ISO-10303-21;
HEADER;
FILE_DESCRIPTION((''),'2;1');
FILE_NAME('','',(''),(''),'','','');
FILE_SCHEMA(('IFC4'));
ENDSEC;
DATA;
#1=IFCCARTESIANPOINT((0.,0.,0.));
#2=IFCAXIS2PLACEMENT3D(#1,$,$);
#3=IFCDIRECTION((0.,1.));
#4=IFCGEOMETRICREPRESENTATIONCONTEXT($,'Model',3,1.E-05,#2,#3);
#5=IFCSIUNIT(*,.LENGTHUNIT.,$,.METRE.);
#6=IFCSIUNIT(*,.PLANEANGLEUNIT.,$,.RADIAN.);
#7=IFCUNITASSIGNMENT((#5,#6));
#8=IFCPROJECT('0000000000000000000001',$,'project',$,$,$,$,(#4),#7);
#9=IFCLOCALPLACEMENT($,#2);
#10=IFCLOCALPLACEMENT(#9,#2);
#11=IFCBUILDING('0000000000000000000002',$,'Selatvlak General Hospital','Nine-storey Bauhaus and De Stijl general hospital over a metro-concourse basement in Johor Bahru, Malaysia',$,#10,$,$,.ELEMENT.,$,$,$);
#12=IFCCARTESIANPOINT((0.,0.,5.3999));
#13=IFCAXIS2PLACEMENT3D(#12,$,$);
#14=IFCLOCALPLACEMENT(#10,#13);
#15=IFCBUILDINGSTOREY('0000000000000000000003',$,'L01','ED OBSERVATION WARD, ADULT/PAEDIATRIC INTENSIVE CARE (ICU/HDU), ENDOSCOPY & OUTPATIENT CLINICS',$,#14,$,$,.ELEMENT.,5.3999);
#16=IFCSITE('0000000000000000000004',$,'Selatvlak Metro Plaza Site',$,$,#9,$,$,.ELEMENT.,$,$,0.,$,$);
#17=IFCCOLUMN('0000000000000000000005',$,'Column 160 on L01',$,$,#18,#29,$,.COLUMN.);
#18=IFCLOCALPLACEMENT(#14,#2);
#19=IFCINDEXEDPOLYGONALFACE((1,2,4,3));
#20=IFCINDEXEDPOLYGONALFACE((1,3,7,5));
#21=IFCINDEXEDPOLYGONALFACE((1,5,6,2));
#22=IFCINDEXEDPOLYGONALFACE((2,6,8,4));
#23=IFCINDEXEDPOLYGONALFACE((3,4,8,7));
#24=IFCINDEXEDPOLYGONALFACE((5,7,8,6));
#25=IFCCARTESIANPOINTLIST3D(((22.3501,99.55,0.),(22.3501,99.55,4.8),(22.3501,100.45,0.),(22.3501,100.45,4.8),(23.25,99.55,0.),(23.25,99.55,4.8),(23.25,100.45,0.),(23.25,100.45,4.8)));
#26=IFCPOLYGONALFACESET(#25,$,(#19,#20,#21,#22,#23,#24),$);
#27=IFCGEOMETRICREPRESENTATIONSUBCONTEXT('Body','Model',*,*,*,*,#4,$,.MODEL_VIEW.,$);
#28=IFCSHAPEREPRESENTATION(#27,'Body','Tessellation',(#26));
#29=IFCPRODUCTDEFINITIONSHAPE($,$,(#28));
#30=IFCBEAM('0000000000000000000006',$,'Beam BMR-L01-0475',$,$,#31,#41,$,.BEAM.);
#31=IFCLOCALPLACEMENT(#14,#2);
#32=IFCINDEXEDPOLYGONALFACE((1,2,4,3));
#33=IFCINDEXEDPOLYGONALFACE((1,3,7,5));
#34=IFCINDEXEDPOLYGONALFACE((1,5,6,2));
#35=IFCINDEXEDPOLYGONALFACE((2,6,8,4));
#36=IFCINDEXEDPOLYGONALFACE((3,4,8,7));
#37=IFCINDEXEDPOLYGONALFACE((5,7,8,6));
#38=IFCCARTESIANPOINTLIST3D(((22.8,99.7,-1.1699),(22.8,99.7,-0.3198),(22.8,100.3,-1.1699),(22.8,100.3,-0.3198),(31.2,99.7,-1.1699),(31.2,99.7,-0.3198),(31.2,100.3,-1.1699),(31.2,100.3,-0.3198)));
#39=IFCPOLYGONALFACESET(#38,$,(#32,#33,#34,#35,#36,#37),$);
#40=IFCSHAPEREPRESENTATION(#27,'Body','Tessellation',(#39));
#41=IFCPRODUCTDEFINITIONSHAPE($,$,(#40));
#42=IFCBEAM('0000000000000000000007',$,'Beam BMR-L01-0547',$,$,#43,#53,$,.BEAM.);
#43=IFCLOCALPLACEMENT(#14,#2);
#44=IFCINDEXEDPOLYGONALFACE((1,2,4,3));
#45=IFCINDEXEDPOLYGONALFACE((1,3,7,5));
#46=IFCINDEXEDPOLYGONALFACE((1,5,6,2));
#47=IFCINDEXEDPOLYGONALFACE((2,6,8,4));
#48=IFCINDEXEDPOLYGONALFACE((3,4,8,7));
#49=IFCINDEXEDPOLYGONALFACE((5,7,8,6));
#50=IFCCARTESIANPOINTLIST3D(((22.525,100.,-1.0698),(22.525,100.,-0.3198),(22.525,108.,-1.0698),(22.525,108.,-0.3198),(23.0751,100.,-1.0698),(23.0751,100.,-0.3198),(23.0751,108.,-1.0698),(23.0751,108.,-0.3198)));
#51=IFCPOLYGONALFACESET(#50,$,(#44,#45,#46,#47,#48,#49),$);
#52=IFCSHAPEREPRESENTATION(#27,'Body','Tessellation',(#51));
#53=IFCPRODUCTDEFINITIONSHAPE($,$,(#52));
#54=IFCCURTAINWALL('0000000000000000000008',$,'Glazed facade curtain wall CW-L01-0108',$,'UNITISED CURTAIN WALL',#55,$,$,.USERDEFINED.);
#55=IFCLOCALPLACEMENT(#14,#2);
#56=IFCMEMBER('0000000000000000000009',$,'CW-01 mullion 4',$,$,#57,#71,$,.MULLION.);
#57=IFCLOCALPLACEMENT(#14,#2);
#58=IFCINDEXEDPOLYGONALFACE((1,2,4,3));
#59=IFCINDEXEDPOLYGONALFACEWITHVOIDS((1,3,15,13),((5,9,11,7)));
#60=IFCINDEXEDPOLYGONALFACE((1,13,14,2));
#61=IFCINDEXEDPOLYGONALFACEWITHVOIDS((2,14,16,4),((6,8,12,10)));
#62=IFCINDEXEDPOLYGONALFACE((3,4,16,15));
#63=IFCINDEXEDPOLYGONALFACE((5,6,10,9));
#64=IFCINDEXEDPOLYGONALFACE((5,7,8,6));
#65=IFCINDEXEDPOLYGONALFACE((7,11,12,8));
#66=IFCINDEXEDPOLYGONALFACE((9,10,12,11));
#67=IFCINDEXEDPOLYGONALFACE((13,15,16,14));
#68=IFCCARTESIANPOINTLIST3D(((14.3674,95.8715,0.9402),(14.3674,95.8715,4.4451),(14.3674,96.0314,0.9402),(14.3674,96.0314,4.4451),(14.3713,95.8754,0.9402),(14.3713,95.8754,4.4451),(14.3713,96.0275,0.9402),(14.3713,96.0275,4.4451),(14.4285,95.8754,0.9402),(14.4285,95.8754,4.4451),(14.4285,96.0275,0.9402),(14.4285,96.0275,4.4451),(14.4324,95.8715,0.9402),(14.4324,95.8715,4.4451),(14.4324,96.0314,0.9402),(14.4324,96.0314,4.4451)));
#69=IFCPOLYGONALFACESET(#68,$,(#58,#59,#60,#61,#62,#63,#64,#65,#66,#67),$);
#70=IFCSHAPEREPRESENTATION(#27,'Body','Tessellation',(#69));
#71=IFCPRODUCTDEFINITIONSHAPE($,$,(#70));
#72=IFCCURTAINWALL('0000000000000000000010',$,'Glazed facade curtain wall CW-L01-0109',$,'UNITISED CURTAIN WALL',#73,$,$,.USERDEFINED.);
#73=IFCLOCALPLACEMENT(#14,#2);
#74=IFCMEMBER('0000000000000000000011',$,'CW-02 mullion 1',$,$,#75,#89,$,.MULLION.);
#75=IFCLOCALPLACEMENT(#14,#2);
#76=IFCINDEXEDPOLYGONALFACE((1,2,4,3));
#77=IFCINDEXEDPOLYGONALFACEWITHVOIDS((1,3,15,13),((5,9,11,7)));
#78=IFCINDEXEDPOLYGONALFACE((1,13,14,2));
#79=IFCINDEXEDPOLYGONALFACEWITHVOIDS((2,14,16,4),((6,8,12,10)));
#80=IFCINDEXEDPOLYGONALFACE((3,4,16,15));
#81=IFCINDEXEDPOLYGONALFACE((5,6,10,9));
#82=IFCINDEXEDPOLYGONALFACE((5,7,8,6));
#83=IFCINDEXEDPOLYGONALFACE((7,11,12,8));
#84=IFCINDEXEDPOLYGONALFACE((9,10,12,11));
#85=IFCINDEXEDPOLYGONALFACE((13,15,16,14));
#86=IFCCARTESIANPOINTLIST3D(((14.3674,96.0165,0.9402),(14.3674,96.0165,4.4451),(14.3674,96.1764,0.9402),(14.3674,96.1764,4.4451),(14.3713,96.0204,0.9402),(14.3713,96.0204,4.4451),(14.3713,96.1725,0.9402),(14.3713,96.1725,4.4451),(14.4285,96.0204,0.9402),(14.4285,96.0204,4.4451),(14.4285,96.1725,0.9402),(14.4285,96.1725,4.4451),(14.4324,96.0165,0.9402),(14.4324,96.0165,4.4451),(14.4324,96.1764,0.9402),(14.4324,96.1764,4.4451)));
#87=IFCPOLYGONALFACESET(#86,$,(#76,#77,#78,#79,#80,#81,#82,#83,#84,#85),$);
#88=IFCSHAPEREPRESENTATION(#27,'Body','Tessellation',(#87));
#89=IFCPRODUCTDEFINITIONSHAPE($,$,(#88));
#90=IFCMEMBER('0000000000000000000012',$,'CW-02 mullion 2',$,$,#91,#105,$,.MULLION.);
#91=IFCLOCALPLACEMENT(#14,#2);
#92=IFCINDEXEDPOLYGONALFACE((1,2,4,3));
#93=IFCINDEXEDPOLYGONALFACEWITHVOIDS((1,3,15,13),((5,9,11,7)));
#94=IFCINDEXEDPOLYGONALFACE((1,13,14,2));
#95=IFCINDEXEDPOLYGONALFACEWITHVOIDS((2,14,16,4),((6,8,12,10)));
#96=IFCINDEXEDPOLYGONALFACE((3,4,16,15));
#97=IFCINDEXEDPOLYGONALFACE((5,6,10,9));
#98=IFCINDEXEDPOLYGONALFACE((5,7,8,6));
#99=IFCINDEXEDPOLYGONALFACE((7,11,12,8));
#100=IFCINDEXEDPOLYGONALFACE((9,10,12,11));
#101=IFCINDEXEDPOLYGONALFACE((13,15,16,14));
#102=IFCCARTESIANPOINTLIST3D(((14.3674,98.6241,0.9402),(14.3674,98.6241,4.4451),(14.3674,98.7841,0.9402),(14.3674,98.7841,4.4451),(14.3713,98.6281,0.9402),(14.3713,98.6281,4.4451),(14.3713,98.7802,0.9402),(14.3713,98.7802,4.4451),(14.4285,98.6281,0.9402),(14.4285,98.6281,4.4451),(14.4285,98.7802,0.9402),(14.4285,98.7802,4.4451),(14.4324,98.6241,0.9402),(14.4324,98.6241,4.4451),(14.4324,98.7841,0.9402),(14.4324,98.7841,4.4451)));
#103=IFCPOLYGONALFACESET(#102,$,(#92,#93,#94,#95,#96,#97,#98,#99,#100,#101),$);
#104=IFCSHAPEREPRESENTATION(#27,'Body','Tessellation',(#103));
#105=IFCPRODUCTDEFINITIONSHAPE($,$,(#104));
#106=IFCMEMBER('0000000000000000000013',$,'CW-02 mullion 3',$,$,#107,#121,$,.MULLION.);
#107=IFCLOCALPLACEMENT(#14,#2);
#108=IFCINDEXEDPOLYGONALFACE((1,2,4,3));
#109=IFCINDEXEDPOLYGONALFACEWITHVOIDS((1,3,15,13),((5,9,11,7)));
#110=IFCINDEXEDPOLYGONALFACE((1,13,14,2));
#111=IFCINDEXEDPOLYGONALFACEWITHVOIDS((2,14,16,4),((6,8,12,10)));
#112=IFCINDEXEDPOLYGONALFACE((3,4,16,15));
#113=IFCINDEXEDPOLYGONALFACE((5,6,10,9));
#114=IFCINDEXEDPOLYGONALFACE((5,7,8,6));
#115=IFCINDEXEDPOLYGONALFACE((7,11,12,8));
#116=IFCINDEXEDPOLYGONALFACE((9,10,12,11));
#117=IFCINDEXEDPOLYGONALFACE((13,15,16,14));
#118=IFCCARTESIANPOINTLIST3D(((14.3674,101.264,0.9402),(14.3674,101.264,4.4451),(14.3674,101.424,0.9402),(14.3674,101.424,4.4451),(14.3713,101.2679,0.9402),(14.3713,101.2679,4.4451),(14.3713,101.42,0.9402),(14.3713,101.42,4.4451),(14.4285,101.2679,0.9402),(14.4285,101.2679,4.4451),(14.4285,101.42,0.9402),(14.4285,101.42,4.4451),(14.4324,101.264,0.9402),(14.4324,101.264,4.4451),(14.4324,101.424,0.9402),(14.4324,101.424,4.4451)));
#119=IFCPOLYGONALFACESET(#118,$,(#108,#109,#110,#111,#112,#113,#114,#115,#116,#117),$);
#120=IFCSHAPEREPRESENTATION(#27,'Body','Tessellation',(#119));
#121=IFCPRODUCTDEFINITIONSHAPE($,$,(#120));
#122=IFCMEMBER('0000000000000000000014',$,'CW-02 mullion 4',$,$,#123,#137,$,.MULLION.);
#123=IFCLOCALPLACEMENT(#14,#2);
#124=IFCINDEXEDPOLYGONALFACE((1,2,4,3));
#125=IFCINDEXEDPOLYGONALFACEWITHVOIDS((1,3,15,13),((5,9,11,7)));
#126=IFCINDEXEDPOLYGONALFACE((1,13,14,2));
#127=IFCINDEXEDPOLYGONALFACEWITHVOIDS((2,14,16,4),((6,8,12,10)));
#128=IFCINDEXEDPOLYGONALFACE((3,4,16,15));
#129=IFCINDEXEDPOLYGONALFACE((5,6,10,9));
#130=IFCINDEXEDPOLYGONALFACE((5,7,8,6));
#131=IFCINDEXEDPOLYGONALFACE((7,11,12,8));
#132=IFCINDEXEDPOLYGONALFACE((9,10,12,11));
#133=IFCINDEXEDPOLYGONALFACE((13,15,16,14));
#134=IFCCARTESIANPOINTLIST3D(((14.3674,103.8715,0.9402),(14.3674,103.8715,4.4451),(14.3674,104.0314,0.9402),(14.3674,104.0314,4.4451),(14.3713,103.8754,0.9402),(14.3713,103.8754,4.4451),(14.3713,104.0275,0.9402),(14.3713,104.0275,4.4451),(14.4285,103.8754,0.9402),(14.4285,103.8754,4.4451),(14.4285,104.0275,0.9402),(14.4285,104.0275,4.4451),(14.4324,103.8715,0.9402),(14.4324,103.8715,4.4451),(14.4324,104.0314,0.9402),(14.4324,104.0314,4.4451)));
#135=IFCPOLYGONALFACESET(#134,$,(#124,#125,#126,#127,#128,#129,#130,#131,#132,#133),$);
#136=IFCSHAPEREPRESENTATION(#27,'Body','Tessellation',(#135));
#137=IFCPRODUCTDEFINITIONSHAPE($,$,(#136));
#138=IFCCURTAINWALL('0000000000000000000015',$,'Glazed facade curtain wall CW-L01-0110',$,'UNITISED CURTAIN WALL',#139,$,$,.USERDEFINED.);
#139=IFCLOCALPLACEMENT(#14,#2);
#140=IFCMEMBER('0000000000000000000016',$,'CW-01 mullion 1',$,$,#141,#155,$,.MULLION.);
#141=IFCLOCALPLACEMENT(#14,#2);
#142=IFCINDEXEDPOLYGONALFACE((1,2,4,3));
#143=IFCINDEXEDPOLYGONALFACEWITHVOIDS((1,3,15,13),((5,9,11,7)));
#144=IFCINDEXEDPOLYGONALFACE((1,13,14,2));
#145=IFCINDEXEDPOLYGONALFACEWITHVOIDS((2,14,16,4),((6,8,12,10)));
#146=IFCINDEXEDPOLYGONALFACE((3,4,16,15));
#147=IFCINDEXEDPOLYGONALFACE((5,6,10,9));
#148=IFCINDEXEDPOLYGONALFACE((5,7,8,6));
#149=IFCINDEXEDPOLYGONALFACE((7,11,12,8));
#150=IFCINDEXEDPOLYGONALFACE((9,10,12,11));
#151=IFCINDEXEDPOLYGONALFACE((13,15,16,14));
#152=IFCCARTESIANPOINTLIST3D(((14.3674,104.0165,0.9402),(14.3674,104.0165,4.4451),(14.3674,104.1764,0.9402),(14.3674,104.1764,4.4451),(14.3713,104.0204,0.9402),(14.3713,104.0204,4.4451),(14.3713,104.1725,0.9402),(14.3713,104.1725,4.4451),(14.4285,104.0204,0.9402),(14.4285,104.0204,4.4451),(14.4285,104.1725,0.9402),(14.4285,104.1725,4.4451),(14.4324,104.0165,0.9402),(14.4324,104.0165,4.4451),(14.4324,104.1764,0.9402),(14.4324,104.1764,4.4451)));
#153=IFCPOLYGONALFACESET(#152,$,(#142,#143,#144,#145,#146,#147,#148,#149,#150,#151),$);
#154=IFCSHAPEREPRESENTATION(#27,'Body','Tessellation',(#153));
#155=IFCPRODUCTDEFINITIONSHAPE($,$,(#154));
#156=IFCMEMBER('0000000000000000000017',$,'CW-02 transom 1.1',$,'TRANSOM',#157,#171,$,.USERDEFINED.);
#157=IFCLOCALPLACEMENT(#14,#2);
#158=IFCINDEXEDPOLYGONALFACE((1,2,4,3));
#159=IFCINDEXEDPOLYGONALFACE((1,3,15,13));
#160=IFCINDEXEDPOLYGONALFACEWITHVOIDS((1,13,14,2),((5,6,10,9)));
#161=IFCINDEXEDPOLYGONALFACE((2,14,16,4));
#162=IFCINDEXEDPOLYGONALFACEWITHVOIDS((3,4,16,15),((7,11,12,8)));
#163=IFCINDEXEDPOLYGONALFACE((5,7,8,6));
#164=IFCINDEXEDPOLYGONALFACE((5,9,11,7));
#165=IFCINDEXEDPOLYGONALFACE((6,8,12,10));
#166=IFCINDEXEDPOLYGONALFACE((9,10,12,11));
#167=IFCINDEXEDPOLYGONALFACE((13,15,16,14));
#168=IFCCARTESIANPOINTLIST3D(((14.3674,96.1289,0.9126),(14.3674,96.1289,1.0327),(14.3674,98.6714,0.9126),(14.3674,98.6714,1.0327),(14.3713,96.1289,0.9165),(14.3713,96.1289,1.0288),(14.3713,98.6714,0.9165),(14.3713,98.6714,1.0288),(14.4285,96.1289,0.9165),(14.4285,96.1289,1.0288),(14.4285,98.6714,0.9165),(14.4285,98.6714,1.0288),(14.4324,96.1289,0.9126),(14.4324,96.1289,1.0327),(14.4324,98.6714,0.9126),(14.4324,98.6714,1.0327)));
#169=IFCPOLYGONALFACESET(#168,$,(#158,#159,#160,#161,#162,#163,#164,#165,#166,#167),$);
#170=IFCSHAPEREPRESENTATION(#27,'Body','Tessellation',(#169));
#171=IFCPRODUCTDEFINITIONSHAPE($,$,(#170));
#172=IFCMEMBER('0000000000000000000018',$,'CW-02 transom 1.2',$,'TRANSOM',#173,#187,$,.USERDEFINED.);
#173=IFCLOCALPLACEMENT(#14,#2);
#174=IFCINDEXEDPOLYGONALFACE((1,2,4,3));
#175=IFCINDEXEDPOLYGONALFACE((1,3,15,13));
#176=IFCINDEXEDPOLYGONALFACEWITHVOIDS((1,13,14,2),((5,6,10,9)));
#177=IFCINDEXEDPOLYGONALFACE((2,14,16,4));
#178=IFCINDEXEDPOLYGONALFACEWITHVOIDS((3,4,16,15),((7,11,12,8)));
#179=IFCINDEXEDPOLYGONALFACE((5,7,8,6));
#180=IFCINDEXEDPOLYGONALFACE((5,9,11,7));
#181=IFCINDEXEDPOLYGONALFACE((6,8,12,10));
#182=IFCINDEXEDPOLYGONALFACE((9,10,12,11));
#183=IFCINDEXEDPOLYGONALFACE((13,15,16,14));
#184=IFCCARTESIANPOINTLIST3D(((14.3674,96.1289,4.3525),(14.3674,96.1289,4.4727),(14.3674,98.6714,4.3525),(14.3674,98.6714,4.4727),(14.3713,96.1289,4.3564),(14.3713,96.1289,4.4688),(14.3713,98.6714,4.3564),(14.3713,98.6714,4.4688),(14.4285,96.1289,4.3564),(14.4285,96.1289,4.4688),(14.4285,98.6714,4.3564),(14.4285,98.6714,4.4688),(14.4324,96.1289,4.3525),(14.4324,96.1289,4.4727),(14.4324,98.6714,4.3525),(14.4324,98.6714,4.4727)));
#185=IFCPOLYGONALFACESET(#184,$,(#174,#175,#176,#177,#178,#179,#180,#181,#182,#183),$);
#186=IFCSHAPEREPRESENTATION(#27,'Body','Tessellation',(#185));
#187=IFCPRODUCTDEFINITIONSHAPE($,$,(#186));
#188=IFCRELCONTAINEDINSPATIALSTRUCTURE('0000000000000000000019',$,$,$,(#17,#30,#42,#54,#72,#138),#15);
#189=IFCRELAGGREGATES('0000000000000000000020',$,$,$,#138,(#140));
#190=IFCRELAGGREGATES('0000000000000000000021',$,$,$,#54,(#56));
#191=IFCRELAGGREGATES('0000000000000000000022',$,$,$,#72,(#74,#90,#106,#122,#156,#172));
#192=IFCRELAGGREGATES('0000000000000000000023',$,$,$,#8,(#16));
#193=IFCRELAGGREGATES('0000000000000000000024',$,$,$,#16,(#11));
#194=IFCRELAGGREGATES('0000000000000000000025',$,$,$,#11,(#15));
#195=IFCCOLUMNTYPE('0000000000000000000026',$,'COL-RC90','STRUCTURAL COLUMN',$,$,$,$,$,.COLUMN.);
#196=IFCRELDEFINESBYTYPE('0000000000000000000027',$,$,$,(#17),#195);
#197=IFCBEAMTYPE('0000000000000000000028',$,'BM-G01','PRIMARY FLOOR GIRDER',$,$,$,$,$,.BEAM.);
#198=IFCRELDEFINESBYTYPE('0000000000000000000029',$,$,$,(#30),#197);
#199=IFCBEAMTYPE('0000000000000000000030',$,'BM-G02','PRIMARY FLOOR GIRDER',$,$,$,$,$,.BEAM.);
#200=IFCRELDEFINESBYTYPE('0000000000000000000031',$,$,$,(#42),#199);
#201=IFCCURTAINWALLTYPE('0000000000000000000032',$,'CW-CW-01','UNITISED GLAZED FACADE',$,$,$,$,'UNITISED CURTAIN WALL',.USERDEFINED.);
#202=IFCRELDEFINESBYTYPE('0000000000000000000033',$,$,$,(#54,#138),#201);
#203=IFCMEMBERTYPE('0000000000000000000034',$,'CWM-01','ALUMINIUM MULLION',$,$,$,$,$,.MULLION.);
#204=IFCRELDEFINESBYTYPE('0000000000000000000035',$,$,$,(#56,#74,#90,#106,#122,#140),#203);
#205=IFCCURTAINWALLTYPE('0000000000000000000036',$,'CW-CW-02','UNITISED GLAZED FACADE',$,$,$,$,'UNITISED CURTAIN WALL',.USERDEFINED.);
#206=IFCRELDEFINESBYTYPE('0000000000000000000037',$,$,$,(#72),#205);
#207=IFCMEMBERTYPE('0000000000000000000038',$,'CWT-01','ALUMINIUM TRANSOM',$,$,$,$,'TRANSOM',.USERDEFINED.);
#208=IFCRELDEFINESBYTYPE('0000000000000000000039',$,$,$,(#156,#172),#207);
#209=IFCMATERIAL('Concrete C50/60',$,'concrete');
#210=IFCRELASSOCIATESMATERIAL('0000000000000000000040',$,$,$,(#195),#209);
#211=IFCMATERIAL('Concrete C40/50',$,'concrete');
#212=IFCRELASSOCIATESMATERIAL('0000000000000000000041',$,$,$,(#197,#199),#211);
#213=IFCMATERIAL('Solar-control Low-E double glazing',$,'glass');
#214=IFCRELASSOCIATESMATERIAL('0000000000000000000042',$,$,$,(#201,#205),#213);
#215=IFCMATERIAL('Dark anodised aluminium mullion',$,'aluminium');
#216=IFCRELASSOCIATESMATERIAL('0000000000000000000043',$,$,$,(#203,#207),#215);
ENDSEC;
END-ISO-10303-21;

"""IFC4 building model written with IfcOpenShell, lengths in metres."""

from ifc_helpers import new_model, si_unit, direction, frame, origin, origin_2d, place, context, subcontext, project, spatial, rectangle, hollow_rectangle, extrude, material, material_profile, profile_set, type_object, element, aggregate, save


model = new_model("IFC4")

# Units and contexts
model_context = context("Model", 3, precision=1e-05, world=origin(), true_north=direction((0.0, 1.0)))
body_context = subcontext(model_context, "Body", "Model", "MODEL_VIEW")
ifc_project = project(units=[si_unit("LENGTHUNIT", "METRE"), si_unit("PLANEANGLEUNIT", "RADIAN")], contexts=[model_context])

# Site, building, storey
site_placement = place(None, origin())
site = spatial("IfcSite", under=ifc_project, at=site_placement, Name="Selatvlak Metro Plaza Site", CompositionType="ELEMENT", RefElevation=0.0)
building_placement = place(site_placement, origin())
building = spatial("IfcBuilding", under=site, at=building_placement, Name="Selatvlak General Hospital", Description="Nine-storey Bauhaus and De Stijl general hospital over a metro-concourse basement in Johor Bahru, Malaysia", CompositionType="ELEMENT")
storey_placement = place(building_placement, frame((0.0, 0.0, 5.3999)))
storey = spatial("IfcBuildingStorey", under=building, at=storey_placement, Name="L01", Description="ED OBSERVATION WARD, ADULT/PAEDIATRIC INTENSIVE CARE (ICU/HDU), ENDOSCOPY & OUTPATIENT CLINICS", CompositionType="ELEMENT", Elevation=5.3999)

# Column
ifc_material_1 = material(Name="Concrete C50/60", Category="concrete")
ifc_material_profile_1 = material_profile(ifc_material_1, rectangle(XDim=0.8999, YDim=0.8999, at=origin_2d()), Name="RC-COL 900x900")
ifc_profile_set_1 = profile_set([ifc_material_profile_1], Name="Concrete C50/60")
column_type = type_object("IfcColumnType", Name="COL-RC90", Description="STRUCTURAL COLUMN", PredefinedType="COLUMN", material=ifc_profile_set_1)
column_placement = place(storey_placement, frame((22.8, 100.0, 0.0), z_axis=(0.0, 0.0, 1.0), x_axis=(1.0, 0.0, 0.0)))
element("IfcColumn", 1, at=column_placement, inside=storey, type_object=column_type, Name="Column 160 on L01", PredefinedType="COLUMN", context=body_context, shape_type="SweptSolid", body=[
    extrude(rectangle(XDim=0.8999, YDim=0.8999, at=origin_2d()), origin(), (0.0, 0.0, 1.0), 4.8),
])

# Beams
ifc_material_2 = material(Name="Concrete C40/50", Category="concrete")
ifc_material_profile_2 = material_profile(ifc_material_2, rectangle(XDim=0.6001, YDim=0.8501, at=origin_2d()), Name="RC-BM 600x850")
ifc_profile_set_2 = profile_set([ifc_material_profile_2], Name="Concrete C40/50")
beam_type_1 = type_object("IfcBeamType", Name="BM-G01", Description="PRIMARY FLOOR GIRDER", PredefinedType="BEAM", material=ifc_profile_set_2)
beam_1_placement = place(storey_placement, frame((22.8, 100.0, -0.7449), z_axis=(1.0, 0.0, 0.0), x_axis=(0.0, 1.0, 0.0)))
element("IfcBeam", 2, at=beam_1_placement, inside=storey, type_object=beam_type_1, Name="Beam BMR-L01-0475", PredefinedType="BEAM", context=body_context, shape_type="SweptSolid", body=[
    extrude(rectangle(XDim=0.6001, YDim=0.8501, at=origin_2d()), origin(), (0.0, 0.0, 1.0), 8.3999),
])
ifc_material_profile_3 = material_profile(ifc_material_2, rectangle(XDim=0.55, YDim=0.75, at=origin_2d()), Name="RC-BM 550x750")
ifc_profile_set_3 = profile_set([ifc_material_profile_3], Name="Concrete C40/50")
beam_type_2 = type_object("IfcBeamType", Name="BM-G02", Description="PRIMARY FLOOR GIRDER", PredefinedType="BEAM", material=ifc_profile_set_3)
beam_2_placement = place(storey_placement, frame((22.8, 100.0, -0.6948), z_axis=(0.0, 1.0, 0.0), x_axis=(-1.0, 0.0, 0.0)))
element("IfcBeam", 3, at=beam_2_placement, inside=storey, type_object=beam_type_2, Name="Beam BMR-L01-0547", PredefinedType="BEAM", context=body_context, shape_type="SweptSolid", body=[
    extrude(rectangle(XDim=0.55, YDim=0.75, at=origin_2d()), origin(), (0.0, 0.0, 1.0), 8.0),
])

# Curtain wall, member
ifc_material_3 = material(Name="Solar-control Low-E double glazing", Category="glass")
curtain_wall_type_1 = type_object("IfcCurtainWallType", Name="CW-CW-01", Description="UNITISED GLAZED FACADE", ElementType="UNITISED CURTAIN WALL", PredefinedType="USERDEFINED", material=ifc_material_3)
curtain_wall_1_placement = place(storey_placement, origin())
curtain_wall_1 = element("IfcCurtainWall", 4, at=curtain_wall_1_placement, inside=storey, type_object=curtain_wall_type_1, Name="Glazed facade curtain wall CW-L01-0108", ObjectType="UNITISED CURTAIN WALL", PredefinedType="USERDEFINED")
ifc_material_4 = material(Name="Dark anodised aluminium mullion", Category="aluminium")
ifc_material_profile_4 = material_profile(ifc_material_4, hollow_rectangle(XDim=0.0649, YDim=0.1599, WallThickness=0.0039, at=origin_2d()), Name="AL-MUL 65x160x4")
ifc_profile_set_4 = profile_set([ifc_material_profile_4], Name="Dark anodised aluminium mullion")
member_type_1 = type_object("IfcMemberType", Name="CWM-01", Description="ALUMINIUM MULLION", PredefinedType="MULLION", material=ifc_profile_set_4)
member_1_placement = place(storey_placement, frame((14.3999, 95.9514, 0.9402), z_axis=(0.0, 0.0, 1.0), x_axis=(-1.0, 0.0, 0.0)))
member_1 = element("IfcMember", 5, at=member_1_placement, type_object=member_type_1, Name="CW-01 mullion 4", PredefinedType="MULLION", context=body_context, shape_type="SweptSolid", body=[
    extrude(hollow_rectangle(XDim=0.0649, YDim=0.1599, WallThickness=0.0039, at=origin_2d()), origin(), (0.0, 0.0, 1.0), 3.5049),
])

# Curtain wall, members
curtain_wall_type_2 = type_object("IfcCurtainWallType", Name="CW-CW-02", Description="UNITISED GLAZED FACADE", ElementType="UNITISED CURTAIN WALL", PredefinedType="USERDEFINED", material=ifc_material_3)
curtain_wall_2_placement = place(storey_placement, origin())
curtain_wall_2 = element("IfcCurtainWall", 6, at=curtain_wall_2_placement, inside=storey, type_object=curtain_wall_type_2, Name="Glazed facade curtain wall CW-L01-0109", ObjectType="UNITISED CURTAIN WALL", PredefinedType="USERDEFINED")
member_2_placement = place(storey_placement, frame((14.3999, 96.0964, 0.9402), z_axis=(0.0, 0.0, 1.0), x_axis=(-1.0, 0.0, 0.0)))
member_2 = element("IfcMember", 7, at=member_2_placement, type_object=member_type_1, Name="CW-02 mullion 1", PredefinedType="MULLION", context=body_context, shape_type="SweptSolid", body=[
    extrude(hollow_rectangle(XDim=0.0649, YDim=0.1599, WallThickness=0.0039, at=origin_2d()), origin(), (0.0, 0.0, 1.0), 3.5049),
])
member_3_placement = place(storey_placement, frame((14.3999, 98.7041, 0.9402), z_axis=(0.0, 0.0, 1.0), x_axis=(-1.0, 0.0, 0.0)))
member_3 = element("IfcMember", 8, at=member_3_placement, type_object=member_type_1, Name="CW-02 mullion 2", PredefinedType="MULLION", context=body_context, shape_type="SweptSolid", body=[
    extrude(hollow_rectangle(XDim=0.0649, YDim=0.1599, WallThickness=0.0039, at=origin_2d()), origin(), (0.0, 0.0, 1.0), 3.5049),
])
member_4_placement = place(storey_placement, frame((14.3999, 101.344, 0.9402), z_axis=(0.0, 0.0, 1.0), x_axis=(-1.0, 0.0, 0.0)))
member_4 = element("IfcMember", 9, at=member_4_placement, type_object=member_type_1, Name="CW-02 mullion 3", PredefinedType="MULLION", context=body_context, shape_type="SweptSolid", body=[
    extrude(hollow_rectangle(XDim=0.0649, YDim=0.1599, WallThickness=0.0039, at=origin_2d()), origin(), (0.0, 0.0, 1.0), 3.5049),
])
member_5_placement = place(storey_placement, frame((14.3999, 103.9514, 0.9402), z_axis=(0.0, 0.0, 1.0), x_axis=(-1.0, 0.0, 0.0)))
member_5 = element("IfcMember", 10, at=member_5_placement, type_object=member_type_1, Name="CW-02 mullion 4", PredefinedType="MULLION", context=body_context, shape_type="SweptSolid", body=[
    extrude(hollow_rectangle(XDim=0.0649, YDim=0.1599, WallThickness=0.0039, at=origin_2d()), origin(), (0.0, 0.0, 1.0), 3.5049),
])

# Curtain wall, member
curtain_wall_3_placement = place(storey_placement, origin())
curtain_wall_3 = element("IfcCurtainWall", 11, at=curtain_wall_3_placement, inside=storey, type_object=curtain_wall_type_1, Name="Glazed facade curtain wall CW-L01-0110", ObjectType="UNITISED CURTAIN WALL", PredefinedType="USERDEFINED")
member_6_placement = place(storey_placement, frame((14.3999, 104.0964, 0.9402), z_axis=(0.0, 0.0, 1.0), x_axis=(-1.0, 0.0, 0.0)))
member_6 = element("IfcMember", 12, at=member_6_placement, type_object=member_type_1, Name="CW-01 mullion 1", PredefinedType="MULLION", context=body_context, shape_type="SweptSolid", body=[
    extrude(hollow_rectangle(XDim=0.0649, YDim=0.1599, WallThickness=0.0039, at=origin_2d()), origin(), (0.0, 0.0, 1.0), 3.5049),
])

# Members
ifc_material_profile_5 = material_profile(ifc_material_4, hollow_rectangle(XDim=0.0649, YDim=0.1201, WallThickness=0.0039, at=origin_2d()), Name="AL-TRN 65x120x4")
ifc_profile_set_5 = profile_set([ifc_material_profile_5], Name="Dark anodised aluminium mullion")
member_type_2 = type_object("IfcMemberType", Name="CWT-01", Description="ALUMINIUM TRANSOM", ElementType="TRANSOM", PredefinedType="USERDEFINED", material=ifc_profile_set_5)
member_7_placement = place(storey_placement, frame((14.3999, 96.1289, 0.9727), z_axis=(0.0, 1.0, 0.0), x_axis=(-1.0, 0.0, 0.0)))
member_7 = element("IfcMember", 13, at=member_7_placement, type_object=member_type_2, Name="CW-02 transom 1.1", ObjectType="TRANSOM", PredefinedType="USERDEFINED", context=body_context, shape_type="SweptSolid", body=[
    extrude(hollow_rectangle(XDim=0.0649, YDim=0.1201, WallThickness=0.0039, at=origin_2d()), origin(), (0.0, 0.0, 1.0), 2.5425),
])
member_8_placement = place(storey_placement, frame((14.3999, 96.1289, 4.4126), z_axis=(0.0, 1.0, 0.0), x_axis=(-1.0, 0.0, 0.0)))
member_8 = element("IfcMember", 14, at=member_8_placement, type_object=member_type_2, Name="CW-02 transom 1.2", ObjectType="TRANSOM", PredefinedType="USERDEFINED", context=body_context, shape_type="SweptSolid", body=[
    extrude(hollow_rectangle(XDim=0.0649, YDim=0.1201, WallThickness=0.0039, at=origin_2d()), origin(), (0.0, 0.0, 1.0), 2.5425),
])
aggregate(curtain_wall_3, [member_6])

aggregate(curtain_wall_1, [member_1])
aggregate(curtain_wall_2, [member_2, member_3, member_4, member_5, member_7, member_8])

save(model, "model.ifc")
